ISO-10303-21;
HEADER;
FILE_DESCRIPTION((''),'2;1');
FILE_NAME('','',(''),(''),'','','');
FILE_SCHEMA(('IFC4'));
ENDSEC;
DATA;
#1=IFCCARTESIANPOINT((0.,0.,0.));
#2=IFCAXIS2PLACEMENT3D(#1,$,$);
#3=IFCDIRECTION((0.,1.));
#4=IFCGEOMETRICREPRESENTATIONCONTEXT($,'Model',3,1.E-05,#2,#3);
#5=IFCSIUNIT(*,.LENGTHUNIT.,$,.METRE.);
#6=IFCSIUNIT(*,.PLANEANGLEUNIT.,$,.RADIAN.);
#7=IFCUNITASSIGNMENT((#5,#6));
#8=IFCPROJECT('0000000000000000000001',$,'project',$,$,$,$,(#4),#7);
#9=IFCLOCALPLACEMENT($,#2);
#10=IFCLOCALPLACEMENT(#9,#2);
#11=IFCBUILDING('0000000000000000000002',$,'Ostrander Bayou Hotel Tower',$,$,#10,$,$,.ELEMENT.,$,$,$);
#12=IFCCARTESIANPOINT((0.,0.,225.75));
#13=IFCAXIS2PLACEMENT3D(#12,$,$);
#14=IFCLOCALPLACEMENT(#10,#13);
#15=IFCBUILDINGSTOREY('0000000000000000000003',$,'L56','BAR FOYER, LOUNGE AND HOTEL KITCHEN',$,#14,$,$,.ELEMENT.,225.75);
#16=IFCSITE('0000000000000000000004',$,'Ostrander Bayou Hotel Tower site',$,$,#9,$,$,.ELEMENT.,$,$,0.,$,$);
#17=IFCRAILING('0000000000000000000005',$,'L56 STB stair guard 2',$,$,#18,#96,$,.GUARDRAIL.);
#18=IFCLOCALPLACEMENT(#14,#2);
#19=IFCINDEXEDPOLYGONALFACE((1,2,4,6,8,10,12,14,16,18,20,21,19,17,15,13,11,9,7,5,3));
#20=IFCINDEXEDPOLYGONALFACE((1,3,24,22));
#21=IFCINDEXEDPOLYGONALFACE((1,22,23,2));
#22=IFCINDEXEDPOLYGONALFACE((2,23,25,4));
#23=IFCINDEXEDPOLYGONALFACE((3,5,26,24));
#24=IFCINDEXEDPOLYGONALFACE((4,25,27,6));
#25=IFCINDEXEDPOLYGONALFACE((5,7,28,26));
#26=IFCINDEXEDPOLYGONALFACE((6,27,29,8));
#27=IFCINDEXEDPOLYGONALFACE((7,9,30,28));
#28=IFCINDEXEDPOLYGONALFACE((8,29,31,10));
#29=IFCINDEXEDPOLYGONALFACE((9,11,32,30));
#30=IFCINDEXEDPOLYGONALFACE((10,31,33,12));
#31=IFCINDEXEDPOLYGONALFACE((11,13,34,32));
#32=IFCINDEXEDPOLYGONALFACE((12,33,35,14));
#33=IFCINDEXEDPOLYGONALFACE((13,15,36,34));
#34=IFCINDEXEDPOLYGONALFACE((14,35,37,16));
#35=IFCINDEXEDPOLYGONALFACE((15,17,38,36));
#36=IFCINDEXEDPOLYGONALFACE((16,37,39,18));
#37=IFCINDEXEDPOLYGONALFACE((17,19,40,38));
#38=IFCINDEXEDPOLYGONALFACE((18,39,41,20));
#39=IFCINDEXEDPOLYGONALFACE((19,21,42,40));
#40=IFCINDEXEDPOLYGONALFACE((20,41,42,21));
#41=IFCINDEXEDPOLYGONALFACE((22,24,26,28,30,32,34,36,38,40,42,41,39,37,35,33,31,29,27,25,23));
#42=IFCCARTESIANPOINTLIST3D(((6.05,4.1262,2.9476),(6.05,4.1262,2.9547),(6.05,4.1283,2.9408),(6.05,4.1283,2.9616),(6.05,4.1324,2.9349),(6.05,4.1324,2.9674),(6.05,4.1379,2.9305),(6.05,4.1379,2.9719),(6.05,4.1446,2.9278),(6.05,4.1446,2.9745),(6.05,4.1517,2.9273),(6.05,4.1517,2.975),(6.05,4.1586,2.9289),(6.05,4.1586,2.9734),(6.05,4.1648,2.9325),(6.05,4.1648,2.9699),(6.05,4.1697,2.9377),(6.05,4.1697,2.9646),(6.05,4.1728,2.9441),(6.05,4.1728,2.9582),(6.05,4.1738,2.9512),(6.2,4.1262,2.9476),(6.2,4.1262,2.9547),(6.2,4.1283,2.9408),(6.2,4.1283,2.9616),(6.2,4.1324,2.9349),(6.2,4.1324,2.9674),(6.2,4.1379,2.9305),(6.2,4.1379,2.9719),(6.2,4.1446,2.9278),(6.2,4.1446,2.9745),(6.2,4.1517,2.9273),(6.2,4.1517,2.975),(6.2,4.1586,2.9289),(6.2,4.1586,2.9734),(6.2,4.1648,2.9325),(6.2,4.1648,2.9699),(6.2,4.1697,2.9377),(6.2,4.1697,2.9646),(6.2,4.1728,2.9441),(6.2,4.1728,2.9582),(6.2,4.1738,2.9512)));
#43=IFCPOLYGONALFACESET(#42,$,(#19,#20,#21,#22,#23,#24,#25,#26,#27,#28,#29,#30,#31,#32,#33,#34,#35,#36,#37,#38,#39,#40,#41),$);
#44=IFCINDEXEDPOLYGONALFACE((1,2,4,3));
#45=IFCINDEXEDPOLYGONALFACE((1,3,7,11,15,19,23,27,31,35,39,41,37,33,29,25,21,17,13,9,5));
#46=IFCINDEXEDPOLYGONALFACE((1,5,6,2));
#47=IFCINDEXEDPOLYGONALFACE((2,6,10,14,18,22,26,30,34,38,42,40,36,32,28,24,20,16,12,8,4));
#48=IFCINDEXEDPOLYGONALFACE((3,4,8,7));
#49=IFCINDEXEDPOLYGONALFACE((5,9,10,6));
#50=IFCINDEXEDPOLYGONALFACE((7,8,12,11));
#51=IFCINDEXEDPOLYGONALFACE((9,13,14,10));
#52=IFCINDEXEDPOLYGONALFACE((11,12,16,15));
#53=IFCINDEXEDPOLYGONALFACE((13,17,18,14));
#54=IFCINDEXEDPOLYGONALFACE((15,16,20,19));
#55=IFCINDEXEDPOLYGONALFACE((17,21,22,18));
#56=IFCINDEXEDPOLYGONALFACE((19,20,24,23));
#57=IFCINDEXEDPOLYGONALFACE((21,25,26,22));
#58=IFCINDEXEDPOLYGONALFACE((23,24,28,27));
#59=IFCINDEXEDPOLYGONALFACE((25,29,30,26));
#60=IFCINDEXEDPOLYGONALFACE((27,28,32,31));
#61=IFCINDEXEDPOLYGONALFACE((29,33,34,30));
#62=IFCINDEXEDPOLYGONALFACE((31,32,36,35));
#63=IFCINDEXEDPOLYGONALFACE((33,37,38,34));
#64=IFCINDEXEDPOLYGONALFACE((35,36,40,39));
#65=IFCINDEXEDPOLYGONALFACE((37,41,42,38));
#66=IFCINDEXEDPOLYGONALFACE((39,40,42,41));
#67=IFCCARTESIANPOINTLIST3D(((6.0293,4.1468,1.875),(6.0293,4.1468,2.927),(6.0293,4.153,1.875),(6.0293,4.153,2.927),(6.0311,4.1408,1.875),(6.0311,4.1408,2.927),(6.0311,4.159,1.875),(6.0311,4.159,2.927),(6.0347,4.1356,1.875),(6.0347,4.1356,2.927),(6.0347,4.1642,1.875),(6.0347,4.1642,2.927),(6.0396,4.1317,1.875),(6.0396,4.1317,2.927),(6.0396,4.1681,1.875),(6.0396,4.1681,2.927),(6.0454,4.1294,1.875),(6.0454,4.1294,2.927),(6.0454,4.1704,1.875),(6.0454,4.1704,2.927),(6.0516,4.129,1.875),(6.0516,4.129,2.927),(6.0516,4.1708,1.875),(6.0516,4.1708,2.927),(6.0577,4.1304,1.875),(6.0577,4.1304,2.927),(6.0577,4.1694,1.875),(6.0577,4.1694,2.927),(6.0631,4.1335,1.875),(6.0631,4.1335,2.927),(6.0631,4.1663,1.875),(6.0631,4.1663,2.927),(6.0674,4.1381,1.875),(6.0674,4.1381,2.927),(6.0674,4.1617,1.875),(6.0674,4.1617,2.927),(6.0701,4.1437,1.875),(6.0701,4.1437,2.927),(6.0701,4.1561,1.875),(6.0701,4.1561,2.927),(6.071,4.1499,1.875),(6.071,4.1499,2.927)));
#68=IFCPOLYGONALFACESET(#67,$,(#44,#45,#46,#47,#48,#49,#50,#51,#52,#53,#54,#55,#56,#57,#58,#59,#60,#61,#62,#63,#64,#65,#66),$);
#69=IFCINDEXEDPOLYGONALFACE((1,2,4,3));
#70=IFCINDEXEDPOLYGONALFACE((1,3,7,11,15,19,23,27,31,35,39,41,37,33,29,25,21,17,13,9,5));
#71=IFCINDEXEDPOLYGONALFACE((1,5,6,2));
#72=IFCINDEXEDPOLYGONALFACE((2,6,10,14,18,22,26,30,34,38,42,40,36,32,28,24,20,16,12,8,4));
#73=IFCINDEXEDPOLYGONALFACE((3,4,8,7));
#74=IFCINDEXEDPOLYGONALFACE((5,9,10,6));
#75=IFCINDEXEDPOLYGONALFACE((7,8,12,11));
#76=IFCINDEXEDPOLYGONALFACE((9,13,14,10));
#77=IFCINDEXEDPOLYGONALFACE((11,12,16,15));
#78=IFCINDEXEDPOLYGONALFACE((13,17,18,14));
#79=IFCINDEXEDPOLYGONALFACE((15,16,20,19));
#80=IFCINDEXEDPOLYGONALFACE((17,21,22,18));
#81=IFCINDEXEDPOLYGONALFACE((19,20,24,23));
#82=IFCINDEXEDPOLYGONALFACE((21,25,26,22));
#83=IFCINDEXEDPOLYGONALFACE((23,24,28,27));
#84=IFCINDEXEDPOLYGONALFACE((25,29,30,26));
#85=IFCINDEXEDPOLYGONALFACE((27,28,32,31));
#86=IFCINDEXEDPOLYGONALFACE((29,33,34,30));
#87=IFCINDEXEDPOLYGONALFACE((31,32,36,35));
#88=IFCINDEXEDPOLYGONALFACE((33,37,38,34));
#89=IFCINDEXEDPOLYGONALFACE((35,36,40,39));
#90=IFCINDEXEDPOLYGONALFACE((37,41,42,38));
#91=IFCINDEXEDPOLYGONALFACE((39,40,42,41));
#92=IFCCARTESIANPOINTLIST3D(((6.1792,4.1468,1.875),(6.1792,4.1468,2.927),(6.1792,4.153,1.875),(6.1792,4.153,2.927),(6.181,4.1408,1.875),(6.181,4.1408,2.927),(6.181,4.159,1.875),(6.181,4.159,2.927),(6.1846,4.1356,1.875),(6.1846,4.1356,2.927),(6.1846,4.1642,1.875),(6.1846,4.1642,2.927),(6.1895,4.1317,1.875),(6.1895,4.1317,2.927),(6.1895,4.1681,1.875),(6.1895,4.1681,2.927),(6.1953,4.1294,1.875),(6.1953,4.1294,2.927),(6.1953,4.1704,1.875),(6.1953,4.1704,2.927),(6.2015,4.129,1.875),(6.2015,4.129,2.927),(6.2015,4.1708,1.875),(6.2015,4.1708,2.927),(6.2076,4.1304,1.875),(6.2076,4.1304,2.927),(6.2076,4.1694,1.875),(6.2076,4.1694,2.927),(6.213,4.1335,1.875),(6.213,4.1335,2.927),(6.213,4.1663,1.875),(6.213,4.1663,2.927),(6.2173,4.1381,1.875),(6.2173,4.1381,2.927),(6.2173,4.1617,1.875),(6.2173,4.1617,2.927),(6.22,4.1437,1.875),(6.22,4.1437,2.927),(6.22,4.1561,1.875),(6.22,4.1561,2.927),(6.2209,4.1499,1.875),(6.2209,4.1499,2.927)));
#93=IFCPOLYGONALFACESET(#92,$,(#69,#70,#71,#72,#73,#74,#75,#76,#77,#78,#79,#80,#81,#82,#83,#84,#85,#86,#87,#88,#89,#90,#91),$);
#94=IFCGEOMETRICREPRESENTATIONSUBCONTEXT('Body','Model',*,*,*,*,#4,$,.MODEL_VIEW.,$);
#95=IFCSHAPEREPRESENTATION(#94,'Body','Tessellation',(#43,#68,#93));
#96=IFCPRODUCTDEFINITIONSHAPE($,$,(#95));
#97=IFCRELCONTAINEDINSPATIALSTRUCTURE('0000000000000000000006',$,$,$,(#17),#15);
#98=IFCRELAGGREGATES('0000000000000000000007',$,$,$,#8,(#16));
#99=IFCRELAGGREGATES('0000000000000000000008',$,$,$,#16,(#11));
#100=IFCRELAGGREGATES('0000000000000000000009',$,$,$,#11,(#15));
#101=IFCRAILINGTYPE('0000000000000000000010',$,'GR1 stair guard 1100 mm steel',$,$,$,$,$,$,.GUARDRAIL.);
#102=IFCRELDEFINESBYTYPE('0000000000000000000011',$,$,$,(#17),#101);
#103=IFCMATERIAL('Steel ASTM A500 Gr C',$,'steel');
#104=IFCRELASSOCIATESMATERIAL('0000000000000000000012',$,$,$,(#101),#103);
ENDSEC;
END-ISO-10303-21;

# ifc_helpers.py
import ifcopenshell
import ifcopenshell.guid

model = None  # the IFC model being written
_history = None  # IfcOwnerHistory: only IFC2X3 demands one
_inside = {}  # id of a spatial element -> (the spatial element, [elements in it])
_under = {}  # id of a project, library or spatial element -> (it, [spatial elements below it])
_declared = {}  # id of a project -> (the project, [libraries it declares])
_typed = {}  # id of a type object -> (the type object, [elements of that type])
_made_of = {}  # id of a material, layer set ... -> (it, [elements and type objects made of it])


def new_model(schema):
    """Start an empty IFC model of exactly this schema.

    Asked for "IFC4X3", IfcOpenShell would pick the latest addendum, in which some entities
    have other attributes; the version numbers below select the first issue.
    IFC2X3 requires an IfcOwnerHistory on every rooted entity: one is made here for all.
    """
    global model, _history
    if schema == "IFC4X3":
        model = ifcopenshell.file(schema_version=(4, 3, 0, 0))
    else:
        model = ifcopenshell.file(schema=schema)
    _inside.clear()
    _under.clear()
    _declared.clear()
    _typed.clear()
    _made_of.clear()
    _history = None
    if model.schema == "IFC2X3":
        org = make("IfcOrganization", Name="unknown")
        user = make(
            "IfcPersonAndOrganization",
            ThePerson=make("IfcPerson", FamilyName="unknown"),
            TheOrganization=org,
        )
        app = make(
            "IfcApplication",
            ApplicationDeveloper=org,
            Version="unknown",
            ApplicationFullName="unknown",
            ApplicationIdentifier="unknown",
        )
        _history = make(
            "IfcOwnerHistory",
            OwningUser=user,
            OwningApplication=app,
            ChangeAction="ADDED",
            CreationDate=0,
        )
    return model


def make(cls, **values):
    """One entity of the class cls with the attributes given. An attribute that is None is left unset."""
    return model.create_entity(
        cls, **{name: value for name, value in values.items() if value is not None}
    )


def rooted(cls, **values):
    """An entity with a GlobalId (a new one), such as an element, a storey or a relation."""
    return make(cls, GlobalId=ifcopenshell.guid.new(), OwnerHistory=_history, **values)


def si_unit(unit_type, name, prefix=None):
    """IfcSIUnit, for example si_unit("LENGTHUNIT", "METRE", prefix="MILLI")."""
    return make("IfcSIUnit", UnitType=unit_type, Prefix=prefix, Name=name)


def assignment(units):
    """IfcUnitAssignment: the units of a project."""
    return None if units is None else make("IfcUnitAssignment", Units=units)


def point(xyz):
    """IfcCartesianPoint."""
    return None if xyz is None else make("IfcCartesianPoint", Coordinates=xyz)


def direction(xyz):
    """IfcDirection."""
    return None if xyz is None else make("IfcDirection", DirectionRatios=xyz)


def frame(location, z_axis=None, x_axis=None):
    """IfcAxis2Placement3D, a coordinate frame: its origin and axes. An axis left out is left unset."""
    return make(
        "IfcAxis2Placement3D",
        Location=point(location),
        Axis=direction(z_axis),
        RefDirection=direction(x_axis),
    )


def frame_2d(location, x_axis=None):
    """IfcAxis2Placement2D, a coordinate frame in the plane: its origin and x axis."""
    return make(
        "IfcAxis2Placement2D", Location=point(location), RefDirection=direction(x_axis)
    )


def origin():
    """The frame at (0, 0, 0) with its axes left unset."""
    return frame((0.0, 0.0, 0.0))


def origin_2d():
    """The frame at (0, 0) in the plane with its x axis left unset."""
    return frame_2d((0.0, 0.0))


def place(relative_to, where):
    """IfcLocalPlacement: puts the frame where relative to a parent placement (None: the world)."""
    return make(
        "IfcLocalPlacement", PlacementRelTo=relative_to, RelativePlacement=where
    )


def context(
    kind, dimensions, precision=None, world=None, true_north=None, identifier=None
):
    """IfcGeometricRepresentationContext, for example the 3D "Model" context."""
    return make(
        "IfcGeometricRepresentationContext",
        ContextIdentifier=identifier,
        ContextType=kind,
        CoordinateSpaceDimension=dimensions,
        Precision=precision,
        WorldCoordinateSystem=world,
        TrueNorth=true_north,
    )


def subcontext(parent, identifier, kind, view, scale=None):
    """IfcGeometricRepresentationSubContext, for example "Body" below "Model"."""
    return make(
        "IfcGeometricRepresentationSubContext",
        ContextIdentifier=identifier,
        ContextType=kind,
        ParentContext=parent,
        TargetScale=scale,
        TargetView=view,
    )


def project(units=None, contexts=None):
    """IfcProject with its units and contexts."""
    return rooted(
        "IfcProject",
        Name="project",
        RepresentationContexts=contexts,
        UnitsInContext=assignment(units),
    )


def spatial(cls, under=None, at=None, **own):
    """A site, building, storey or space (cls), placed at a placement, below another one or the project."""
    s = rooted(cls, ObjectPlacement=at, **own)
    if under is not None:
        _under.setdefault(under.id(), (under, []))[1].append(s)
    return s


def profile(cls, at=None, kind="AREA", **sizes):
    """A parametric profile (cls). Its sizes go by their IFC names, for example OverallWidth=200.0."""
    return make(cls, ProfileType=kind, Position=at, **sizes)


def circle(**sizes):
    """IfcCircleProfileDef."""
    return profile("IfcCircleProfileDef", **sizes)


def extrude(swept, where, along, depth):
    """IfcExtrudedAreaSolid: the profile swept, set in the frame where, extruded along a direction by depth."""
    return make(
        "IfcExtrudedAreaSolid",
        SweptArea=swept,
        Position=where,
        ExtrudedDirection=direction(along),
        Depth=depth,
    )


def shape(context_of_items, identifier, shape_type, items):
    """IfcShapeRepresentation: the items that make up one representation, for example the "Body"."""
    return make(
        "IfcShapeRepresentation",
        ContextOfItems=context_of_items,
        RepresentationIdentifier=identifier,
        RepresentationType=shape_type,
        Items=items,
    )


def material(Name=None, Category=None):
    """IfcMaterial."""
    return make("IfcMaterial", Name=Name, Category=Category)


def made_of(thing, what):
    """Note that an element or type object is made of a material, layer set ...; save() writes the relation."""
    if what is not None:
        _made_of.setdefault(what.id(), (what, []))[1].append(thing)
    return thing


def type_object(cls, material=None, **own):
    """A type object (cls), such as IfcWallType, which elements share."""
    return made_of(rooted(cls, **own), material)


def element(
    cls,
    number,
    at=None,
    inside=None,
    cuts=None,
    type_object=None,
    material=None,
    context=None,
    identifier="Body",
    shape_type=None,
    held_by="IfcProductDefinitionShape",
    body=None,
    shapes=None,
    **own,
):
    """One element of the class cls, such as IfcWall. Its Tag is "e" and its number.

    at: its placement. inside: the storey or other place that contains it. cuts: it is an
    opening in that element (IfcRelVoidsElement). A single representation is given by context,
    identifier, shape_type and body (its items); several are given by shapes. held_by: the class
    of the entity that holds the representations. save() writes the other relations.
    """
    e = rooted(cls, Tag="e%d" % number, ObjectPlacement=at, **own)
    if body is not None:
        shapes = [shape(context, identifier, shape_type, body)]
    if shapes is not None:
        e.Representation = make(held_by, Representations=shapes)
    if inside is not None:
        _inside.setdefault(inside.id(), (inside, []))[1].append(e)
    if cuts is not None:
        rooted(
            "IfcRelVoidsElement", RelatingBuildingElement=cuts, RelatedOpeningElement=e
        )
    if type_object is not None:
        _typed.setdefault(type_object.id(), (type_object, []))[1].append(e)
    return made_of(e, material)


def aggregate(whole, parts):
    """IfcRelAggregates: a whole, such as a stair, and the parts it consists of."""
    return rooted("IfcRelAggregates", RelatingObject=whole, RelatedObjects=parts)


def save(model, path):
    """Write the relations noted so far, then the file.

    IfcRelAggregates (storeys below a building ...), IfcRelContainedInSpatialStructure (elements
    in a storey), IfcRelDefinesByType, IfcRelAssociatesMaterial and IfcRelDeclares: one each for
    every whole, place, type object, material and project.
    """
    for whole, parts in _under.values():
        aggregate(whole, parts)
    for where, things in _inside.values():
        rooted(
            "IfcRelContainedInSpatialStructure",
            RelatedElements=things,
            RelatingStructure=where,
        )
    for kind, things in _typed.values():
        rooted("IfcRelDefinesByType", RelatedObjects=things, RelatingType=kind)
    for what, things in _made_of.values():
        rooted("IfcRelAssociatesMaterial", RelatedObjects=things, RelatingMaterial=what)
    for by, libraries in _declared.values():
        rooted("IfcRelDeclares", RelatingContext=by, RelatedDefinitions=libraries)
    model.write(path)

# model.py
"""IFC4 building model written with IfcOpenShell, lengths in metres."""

from ifc_helpers import new_model, si_unit, direction, frame, origin, origin_2d, place, context, subcontext, project, spatial, circle, extrude, material, type_object, element, save


model = new_model("IFC4")

# Units and contexts
model_context = context("Model", 3, precision=1e-05, world=origin(), true_north=direction((0.0, 1.0)))
body_context = subcontext(model_context, "Body", "Model", "MODEL_VIEW")
ifc_project = project(units=[si_unit("LENGTHUNIT", "METRE"), si_unit("PLANEANGLEUNIT", "RADIAN")], contexts=[model_context])

# Site, building, storey
site_placement = place(None, origin())
site = spatial("IfcSite", under=ifc_project, at=site_placement, Name="Ostrander Bayou Hotel Tower site", CompositionType="ELEMENT", RefElevation=0.0)
building_placement = place(site_placement, origin())
building = spatial("IfcBuilding", under=site, at=building_placement, Name="Ostrander Bayou Hotel Tower", CompositionType="ELEMENT")
storey_placement = place(building_placement, frame((0.0, 0.0, 225.75)))
storey = spatial("IfcBuildingStorey", under=building, at=storey_placement, Name="L56", Description="BAR FOYER, LOUNGE AND HOTEL KITCHEN", CompositionType="ELEMENT", Elevation=225.75)

# Railing
ifc_material_1 = material(Name="Steel ASTM A500 Gr C", Category="steel")
railing_type_1 = type_object("IfcRailingType", Name="GR1 stair guard 1100 mm steel", PredefinedType="GUARDRAIL", material=ifc_material_1)
railing_1_placement = place(storey_placement, frame((6.05, 4.1499, 1.875)))
element("IfcRailing", 1, at=railing_1_placement, inside=storey, type_object=railing_type_1, Name="L56 STB stair guard 2", PredefinedType="GUARDRAIL", context=body_context, shape_type="SweptSolid", body=[
    extrude(circle(Radius=0.0239, at=origin_2d()), frame((0.0, 0.0, 1.0762), z_axis=(1.0, 0.0, 0.0), x_axis=(0.0, 1.0, 0.0)), (0.0, 0.0, 1.0), 0.1499),
    extrude(circle(Radius=0.021, at=origin_2d()), origin(), (0.0, 0.0, 1.0), 1.052),
    extrude(circle(Radius=0.021, at=origin_2d()), frame((0.1499, 0.0, 0.0)), (0.0, 0.0, 1.0), 1.052),
])

save(model, "model.ifc")
